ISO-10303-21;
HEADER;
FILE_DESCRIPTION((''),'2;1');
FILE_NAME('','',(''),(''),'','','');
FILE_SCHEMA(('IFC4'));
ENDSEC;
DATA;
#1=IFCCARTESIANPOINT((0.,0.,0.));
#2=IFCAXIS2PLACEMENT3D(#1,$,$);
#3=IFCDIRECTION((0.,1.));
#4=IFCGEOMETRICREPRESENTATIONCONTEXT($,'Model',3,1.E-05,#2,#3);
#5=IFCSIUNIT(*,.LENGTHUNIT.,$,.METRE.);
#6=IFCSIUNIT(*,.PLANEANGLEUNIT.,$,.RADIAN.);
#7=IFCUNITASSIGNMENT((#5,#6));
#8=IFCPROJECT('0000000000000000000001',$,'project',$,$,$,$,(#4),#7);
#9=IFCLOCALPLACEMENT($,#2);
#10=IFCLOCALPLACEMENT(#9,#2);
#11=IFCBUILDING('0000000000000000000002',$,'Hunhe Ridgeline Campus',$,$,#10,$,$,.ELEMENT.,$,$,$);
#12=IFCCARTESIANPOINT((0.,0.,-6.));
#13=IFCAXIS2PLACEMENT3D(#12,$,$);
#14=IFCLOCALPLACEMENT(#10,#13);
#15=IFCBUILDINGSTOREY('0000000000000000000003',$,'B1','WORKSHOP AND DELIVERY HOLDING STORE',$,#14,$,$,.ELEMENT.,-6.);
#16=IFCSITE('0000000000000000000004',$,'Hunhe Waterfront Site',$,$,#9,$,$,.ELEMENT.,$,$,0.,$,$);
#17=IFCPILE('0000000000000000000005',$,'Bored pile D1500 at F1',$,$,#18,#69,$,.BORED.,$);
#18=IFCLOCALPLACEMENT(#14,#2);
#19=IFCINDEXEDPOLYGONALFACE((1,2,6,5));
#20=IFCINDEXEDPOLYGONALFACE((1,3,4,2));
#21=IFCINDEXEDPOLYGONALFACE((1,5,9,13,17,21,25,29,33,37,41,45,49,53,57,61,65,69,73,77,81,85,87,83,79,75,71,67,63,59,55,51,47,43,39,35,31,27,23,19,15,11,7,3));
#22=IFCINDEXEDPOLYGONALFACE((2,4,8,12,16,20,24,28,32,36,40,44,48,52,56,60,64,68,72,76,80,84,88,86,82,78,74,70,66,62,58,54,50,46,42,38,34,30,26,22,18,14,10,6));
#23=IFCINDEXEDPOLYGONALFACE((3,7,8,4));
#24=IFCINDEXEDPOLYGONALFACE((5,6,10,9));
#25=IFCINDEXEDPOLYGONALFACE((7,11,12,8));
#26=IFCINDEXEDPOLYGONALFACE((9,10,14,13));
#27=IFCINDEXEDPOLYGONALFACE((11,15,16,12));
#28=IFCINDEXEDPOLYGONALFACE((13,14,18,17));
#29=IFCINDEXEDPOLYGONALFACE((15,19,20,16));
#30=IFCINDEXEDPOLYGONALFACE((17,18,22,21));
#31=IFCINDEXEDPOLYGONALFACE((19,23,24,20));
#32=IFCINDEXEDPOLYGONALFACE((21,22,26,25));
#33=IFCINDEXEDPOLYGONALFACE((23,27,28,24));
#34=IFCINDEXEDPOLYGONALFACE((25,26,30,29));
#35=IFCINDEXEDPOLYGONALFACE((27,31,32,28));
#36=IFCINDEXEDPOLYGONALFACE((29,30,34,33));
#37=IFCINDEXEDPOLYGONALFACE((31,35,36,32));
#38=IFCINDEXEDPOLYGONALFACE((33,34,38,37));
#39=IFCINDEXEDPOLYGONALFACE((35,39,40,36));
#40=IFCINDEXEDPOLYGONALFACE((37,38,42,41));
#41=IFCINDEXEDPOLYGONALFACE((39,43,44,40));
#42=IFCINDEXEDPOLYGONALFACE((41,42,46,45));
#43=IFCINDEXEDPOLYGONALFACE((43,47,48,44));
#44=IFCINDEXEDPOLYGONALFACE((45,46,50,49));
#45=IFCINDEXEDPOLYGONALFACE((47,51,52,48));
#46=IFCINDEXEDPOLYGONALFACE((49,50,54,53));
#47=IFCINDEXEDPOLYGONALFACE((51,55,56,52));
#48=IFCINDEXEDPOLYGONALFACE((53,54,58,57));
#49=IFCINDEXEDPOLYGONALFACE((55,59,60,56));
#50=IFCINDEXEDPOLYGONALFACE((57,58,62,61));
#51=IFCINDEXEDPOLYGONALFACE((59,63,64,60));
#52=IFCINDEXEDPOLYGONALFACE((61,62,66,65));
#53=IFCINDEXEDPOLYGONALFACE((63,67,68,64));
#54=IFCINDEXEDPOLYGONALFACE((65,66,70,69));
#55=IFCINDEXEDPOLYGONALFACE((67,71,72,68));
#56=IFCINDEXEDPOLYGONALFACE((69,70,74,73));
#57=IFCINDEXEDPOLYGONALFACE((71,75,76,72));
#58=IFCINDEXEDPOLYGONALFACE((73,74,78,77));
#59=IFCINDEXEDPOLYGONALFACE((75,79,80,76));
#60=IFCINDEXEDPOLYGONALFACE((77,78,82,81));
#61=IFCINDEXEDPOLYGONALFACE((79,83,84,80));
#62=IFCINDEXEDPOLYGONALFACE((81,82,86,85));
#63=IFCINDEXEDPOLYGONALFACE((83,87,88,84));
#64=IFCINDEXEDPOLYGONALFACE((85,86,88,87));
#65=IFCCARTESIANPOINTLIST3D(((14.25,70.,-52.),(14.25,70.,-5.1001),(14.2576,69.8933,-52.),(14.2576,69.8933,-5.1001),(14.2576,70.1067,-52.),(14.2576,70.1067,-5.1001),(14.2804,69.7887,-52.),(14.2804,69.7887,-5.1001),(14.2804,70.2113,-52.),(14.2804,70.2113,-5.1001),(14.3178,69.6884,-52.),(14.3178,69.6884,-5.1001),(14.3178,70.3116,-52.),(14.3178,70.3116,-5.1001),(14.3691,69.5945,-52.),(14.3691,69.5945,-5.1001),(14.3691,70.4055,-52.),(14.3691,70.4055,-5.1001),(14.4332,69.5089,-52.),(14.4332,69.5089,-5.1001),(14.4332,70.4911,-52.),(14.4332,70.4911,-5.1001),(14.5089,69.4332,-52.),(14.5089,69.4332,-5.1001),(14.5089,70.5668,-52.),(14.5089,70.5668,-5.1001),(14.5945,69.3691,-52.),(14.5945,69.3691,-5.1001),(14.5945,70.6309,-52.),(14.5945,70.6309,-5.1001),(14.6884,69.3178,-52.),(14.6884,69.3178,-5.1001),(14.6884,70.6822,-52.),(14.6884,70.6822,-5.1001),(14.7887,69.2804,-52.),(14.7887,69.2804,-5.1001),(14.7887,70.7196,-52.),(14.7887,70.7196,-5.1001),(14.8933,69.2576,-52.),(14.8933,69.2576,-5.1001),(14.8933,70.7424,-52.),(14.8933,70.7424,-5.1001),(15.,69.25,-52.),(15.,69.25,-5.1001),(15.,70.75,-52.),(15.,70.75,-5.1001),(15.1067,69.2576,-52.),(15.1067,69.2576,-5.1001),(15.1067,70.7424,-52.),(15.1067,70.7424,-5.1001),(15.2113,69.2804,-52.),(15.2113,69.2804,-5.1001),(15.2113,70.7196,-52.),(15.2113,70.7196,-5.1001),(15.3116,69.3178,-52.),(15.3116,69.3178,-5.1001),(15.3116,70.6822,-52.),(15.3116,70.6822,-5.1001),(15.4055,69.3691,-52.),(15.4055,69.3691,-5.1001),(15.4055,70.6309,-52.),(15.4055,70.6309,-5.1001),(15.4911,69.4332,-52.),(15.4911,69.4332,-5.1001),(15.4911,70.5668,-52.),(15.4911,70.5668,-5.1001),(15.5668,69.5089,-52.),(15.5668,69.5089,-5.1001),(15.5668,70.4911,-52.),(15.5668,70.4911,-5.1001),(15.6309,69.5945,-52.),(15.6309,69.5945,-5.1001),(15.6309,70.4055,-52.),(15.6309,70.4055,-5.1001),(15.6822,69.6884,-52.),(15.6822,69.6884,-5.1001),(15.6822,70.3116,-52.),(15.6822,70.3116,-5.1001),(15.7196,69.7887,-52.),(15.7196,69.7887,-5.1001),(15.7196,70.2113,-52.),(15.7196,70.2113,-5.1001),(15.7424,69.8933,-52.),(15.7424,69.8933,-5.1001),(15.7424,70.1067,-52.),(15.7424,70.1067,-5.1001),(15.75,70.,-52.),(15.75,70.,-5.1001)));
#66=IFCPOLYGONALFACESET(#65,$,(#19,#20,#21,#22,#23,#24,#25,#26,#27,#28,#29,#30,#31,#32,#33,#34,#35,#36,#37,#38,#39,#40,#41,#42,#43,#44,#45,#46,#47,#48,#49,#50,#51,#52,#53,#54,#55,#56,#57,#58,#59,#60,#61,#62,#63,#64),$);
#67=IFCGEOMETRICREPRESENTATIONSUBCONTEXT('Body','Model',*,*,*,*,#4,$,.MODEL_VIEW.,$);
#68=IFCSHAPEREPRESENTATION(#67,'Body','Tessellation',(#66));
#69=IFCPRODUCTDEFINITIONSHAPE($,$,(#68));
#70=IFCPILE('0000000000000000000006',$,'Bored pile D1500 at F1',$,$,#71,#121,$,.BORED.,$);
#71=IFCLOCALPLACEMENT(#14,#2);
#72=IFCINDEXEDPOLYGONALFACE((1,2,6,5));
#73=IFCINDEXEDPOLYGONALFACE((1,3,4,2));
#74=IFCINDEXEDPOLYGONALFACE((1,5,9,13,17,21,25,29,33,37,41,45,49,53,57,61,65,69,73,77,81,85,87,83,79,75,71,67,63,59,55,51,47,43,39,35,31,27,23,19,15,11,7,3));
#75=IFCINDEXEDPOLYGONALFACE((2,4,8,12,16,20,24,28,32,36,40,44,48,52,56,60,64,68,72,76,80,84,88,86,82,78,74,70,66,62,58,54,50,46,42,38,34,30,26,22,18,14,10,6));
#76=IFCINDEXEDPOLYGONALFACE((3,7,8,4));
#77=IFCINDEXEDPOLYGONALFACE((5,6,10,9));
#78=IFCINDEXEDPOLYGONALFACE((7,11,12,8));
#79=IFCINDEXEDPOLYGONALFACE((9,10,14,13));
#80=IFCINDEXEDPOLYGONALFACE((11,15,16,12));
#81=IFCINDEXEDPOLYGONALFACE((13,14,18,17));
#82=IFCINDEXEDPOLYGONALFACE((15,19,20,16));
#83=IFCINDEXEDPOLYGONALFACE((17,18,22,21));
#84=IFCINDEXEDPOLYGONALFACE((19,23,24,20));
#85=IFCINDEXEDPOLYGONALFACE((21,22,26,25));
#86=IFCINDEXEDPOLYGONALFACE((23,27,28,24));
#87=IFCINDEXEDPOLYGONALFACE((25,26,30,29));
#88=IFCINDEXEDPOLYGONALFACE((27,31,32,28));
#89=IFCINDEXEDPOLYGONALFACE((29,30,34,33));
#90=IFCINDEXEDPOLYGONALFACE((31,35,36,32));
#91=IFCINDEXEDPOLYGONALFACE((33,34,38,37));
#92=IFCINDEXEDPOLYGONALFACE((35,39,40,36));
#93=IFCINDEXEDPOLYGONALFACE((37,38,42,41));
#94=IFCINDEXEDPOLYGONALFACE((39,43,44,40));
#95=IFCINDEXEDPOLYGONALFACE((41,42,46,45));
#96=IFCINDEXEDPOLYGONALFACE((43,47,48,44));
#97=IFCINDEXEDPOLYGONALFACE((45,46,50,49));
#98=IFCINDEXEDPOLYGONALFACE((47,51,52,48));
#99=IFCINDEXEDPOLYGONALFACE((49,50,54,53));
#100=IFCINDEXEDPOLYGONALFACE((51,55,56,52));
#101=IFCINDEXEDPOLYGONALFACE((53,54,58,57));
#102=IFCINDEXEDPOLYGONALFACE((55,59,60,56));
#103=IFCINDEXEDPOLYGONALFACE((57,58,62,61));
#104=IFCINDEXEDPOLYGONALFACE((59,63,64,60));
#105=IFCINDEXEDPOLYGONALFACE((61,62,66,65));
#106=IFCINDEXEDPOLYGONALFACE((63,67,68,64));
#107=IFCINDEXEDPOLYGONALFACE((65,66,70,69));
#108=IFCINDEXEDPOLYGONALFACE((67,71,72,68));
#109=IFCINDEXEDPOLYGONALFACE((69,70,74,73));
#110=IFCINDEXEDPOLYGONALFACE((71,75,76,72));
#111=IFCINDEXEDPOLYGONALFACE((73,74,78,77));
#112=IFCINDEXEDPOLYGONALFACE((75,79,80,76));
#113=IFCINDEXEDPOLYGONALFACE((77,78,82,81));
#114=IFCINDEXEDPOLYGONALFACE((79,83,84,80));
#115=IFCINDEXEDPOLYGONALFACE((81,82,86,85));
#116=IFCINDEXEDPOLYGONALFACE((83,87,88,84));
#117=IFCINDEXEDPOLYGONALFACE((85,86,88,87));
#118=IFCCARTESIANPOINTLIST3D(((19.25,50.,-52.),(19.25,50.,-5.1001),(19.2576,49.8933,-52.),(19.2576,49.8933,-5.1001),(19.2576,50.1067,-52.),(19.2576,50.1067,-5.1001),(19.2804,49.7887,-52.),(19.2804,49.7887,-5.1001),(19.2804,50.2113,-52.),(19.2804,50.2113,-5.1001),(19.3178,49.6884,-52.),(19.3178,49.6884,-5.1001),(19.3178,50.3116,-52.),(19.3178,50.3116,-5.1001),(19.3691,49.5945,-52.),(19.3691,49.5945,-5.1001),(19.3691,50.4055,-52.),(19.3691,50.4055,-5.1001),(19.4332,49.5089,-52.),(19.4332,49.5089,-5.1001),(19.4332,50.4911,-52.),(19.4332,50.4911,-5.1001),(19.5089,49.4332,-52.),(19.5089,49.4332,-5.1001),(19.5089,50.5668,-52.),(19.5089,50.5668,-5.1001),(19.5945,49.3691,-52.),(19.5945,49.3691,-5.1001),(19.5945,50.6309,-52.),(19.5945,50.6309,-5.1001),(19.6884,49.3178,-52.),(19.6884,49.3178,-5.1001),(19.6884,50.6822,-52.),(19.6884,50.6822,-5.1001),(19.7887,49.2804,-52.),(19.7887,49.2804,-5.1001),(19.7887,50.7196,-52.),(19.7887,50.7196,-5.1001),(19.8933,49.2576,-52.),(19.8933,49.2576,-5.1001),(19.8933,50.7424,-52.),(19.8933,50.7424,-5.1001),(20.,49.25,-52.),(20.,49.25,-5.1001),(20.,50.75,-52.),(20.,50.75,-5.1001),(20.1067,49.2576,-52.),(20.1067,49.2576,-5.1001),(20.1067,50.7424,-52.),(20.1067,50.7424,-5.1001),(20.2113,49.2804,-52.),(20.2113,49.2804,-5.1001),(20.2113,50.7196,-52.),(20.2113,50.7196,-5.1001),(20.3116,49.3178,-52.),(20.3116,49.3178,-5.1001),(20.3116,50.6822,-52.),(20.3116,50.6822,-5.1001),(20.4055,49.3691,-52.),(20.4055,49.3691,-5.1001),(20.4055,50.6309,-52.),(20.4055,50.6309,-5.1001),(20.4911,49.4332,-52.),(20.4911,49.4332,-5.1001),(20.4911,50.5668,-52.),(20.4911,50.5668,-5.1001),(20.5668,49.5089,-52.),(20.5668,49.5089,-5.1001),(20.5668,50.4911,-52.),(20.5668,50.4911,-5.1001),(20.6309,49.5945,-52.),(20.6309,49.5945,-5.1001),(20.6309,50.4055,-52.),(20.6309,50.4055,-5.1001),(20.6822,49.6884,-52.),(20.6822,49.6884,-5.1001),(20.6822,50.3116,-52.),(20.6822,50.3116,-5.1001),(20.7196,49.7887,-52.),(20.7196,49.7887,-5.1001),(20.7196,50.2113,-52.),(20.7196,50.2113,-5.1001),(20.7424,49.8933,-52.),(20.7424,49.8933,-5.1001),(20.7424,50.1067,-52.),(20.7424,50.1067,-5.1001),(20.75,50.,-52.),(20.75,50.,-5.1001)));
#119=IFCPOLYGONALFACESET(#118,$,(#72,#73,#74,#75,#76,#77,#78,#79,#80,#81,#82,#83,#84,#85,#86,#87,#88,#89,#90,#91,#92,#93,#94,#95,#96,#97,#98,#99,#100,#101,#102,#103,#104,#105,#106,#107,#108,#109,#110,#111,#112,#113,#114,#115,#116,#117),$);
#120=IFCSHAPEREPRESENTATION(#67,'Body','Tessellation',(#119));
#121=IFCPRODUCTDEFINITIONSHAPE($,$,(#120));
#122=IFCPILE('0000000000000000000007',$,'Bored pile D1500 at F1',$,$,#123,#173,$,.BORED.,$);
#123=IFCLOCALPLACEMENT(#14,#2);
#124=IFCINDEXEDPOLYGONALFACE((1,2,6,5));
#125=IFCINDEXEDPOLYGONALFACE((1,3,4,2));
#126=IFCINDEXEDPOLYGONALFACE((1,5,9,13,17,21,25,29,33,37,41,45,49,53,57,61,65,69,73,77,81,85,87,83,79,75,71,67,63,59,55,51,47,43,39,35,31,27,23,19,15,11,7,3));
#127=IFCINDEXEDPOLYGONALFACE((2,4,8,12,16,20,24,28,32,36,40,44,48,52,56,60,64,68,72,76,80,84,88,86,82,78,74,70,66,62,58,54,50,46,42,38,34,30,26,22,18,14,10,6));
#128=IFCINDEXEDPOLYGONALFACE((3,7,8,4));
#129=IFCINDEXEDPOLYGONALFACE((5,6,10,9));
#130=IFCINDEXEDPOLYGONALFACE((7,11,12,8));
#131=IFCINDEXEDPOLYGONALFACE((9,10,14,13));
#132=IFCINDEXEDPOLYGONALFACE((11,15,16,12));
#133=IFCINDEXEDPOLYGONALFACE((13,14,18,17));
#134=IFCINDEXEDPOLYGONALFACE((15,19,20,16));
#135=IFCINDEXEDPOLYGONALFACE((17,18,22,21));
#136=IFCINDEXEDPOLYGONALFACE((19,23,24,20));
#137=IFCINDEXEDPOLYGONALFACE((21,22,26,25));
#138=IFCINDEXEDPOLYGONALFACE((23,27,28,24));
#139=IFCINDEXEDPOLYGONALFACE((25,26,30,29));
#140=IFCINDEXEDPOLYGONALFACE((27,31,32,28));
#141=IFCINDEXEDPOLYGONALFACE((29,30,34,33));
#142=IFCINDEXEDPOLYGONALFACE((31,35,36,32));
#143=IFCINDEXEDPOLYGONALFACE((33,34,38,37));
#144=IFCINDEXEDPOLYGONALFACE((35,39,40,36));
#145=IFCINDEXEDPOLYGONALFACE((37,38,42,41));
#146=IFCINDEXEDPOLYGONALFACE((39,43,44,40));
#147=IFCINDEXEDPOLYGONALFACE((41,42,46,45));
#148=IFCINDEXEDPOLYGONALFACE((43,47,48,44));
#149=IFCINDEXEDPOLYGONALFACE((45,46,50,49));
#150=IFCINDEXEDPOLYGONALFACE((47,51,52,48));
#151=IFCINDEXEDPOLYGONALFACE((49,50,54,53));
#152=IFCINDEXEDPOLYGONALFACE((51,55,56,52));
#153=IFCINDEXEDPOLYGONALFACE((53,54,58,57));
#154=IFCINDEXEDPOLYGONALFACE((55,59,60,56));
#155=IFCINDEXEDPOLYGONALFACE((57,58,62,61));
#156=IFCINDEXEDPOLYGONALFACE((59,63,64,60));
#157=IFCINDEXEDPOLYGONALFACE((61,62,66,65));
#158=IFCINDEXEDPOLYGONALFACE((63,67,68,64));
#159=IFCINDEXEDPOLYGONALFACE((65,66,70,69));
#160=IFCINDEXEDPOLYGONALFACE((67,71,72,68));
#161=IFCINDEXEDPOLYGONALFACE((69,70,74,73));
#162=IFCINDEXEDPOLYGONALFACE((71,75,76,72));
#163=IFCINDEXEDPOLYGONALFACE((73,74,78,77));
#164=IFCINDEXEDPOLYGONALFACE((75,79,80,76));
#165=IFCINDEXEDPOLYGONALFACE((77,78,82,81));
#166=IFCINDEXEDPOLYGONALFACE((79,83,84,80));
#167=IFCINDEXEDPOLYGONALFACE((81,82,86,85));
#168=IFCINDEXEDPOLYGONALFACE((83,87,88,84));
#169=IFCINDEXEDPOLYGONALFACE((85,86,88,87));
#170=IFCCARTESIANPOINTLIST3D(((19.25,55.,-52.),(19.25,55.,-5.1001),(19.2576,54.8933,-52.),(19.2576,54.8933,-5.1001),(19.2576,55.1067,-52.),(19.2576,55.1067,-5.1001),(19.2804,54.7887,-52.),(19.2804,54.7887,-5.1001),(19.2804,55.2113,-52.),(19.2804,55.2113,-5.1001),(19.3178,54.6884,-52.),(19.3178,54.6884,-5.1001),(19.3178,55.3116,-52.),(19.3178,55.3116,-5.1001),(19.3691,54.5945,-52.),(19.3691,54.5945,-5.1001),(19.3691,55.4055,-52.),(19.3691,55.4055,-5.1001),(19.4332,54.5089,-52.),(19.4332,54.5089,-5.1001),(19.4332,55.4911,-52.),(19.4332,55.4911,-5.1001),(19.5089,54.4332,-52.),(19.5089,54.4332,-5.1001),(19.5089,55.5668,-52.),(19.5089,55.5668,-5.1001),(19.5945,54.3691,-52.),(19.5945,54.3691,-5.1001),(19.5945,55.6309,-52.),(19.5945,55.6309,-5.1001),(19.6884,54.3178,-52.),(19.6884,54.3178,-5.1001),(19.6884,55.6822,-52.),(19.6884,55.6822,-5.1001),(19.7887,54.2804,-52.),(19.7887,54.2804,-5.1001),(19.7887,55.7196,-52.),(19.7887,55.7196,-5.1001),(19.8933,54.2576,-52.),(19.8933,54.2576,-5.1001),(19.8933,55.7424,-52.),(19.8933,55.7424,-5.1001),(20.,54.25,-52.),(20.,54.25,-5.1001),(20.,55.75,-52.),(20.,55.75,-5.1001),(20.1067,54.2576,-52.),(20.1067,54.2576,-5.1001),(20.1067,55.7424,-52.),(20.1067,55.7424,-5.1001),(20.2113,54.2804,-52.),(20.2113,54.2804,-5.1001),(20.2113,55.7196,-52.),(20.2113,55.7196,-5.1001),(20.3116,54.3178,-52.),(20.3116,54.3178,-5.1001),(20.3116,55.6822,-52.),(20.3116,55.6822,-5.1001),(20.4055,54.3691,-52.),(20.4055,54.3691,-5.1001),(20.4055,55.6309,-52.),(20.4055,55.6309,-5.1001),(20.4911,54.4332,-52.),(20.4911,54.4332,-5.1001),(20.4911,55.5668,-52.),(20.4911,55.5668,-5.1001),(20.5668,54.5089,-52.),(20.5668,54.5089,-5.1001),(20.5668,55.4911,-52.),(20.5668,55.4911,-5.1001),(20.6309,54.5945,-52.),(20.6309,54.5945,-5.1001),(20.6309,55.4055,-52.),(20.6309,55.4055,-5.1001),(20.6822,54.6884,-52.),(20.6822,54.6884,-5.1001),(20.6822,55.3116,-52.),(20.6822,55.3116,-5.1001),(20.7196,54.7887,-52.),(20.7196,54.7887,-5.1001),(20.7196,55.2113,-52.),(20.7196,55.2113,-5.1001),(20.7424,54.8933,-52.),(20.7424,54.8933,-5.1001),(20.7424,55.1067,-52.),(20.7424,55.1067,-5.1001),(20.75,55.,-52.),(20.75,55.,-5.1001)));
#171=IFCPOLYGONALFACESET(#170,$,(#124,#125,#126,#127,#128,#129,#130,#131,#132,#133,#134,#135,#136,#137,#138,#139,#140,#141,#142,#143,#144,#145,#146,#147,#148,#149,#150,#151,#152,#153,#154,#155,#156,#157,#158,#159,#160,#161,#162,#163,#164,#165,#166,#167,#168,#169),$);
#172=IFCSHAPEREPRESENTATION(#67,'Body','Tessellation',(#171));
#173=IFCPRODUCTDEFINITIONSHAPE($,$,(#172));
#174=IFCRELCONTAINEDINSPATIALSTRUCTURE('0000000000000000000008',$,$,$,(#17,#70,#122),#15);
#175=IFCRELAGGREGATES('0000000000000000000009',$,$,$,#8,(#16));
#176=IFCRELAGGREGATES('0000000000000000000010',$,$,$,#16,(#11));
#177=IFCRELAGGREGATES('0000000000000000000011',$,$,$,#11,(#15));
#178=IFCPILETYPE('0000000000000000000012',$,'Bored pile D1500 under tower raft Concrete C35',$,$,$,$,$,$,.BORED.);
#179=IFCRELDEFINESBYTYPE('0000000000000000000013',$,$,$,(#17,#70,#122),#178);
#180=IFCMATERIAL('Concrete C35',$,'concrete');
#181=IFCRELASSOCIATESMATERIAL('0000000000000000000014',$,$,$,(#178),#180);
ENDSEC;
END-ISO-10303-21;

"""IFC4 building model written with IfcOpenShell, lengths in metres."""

from ifc_helpers import new_model, si_unit, direction, frame, origin, origin_2d, place, context, subcontext, project, spatial, circle, extrude, material, material_profile, profile_set, type_object, element, save


model = new_model("IFC4")

# Units and contexts
model_context = context("Model", 3, precision=1e-05, world=origin(), true_north=direction((0.0, 1.0)))
body_context = subcontext(model_context, "Body", "Model", "MODEL_VIEW")
ifc_project = project(units=[si_unit("LENGTHUNIT", "METRE"), si_unit("PLANEANGLEUNIT", "RADIAN")], contexts=[model_context])

# Site, building, storey
site_placement = place(None, origin())
site = spatial("IfcSite", under=ifc_project, at=site_placement, Name="Hunhe Waterfront Site", CompositionType="ELEMENT", RefElevation=0.0)
building_placement = place(site_placement, origin())
building = spatial("IfcBuilding", under=site, at=building_placement, Name="Hunhe Ridgeline Campus", CompositionType="ELEMENT")
storey_placement = place(building_placement, frame((0.0, 0.0, -6.0)))
storey = spatial("IfcBuildingStorey", under=building, at=storey_placement, Name="B1", Description="WORKSHOP AND DELIVERY HOLDING STORE", CompositionType="ELEMENT", Elevation=-6.0)

# Piles
ifc_material_1 = material(Name="Concrete C35", Category="concrete")
ifc_material_profile_1 = material_profile(ifc_material_1, circle(Radius=0.75, at=origin_2d()))
ifc_profile_set_1 = profile_set([ifc_material_profile_1], Name="Concrete C35")
pile_type = type_object("IfcPileType", Name="Bored pile D1500 under tower raft Concrete C35", PredefinedType="BORED", material=ifc_profile_set_1)
for number, where, z_axis, x_axis, name in (
    (1, (15.0, 70.0, -5.1001), (0.0, 0.0, -1.0), (1.0, 0.0, 0.0), "Bored pile D1500 at F1"),
    (2, (20.0, 50.0, -5.1001), (0.0, 0.0, -1.0), (1.0, 0.0, 0.0), "Bored pile D1500 at F1"),
    (3, (20.0, 55.0, -5.1001), (0.0, 0.0, -1.0), (1.0, 0.0, 0.0), "Bored pile D1500 at F1"),
):
    element("IfcPile", number, at=place(storey_placement, frame(where, z_axis=z_axis, x_axis=x_axis)), inside=storey, type_object=pile_type, Name=name, PredefinedType="BORED", context=body_context, shape_type="SweptSolid", body=[
        extrude(circle(Radius=0.75, at=origin_2d()), origin(), (0.0, 0.0, 1.0), 46.8999),
    ])

save(model, "model.ifc")
